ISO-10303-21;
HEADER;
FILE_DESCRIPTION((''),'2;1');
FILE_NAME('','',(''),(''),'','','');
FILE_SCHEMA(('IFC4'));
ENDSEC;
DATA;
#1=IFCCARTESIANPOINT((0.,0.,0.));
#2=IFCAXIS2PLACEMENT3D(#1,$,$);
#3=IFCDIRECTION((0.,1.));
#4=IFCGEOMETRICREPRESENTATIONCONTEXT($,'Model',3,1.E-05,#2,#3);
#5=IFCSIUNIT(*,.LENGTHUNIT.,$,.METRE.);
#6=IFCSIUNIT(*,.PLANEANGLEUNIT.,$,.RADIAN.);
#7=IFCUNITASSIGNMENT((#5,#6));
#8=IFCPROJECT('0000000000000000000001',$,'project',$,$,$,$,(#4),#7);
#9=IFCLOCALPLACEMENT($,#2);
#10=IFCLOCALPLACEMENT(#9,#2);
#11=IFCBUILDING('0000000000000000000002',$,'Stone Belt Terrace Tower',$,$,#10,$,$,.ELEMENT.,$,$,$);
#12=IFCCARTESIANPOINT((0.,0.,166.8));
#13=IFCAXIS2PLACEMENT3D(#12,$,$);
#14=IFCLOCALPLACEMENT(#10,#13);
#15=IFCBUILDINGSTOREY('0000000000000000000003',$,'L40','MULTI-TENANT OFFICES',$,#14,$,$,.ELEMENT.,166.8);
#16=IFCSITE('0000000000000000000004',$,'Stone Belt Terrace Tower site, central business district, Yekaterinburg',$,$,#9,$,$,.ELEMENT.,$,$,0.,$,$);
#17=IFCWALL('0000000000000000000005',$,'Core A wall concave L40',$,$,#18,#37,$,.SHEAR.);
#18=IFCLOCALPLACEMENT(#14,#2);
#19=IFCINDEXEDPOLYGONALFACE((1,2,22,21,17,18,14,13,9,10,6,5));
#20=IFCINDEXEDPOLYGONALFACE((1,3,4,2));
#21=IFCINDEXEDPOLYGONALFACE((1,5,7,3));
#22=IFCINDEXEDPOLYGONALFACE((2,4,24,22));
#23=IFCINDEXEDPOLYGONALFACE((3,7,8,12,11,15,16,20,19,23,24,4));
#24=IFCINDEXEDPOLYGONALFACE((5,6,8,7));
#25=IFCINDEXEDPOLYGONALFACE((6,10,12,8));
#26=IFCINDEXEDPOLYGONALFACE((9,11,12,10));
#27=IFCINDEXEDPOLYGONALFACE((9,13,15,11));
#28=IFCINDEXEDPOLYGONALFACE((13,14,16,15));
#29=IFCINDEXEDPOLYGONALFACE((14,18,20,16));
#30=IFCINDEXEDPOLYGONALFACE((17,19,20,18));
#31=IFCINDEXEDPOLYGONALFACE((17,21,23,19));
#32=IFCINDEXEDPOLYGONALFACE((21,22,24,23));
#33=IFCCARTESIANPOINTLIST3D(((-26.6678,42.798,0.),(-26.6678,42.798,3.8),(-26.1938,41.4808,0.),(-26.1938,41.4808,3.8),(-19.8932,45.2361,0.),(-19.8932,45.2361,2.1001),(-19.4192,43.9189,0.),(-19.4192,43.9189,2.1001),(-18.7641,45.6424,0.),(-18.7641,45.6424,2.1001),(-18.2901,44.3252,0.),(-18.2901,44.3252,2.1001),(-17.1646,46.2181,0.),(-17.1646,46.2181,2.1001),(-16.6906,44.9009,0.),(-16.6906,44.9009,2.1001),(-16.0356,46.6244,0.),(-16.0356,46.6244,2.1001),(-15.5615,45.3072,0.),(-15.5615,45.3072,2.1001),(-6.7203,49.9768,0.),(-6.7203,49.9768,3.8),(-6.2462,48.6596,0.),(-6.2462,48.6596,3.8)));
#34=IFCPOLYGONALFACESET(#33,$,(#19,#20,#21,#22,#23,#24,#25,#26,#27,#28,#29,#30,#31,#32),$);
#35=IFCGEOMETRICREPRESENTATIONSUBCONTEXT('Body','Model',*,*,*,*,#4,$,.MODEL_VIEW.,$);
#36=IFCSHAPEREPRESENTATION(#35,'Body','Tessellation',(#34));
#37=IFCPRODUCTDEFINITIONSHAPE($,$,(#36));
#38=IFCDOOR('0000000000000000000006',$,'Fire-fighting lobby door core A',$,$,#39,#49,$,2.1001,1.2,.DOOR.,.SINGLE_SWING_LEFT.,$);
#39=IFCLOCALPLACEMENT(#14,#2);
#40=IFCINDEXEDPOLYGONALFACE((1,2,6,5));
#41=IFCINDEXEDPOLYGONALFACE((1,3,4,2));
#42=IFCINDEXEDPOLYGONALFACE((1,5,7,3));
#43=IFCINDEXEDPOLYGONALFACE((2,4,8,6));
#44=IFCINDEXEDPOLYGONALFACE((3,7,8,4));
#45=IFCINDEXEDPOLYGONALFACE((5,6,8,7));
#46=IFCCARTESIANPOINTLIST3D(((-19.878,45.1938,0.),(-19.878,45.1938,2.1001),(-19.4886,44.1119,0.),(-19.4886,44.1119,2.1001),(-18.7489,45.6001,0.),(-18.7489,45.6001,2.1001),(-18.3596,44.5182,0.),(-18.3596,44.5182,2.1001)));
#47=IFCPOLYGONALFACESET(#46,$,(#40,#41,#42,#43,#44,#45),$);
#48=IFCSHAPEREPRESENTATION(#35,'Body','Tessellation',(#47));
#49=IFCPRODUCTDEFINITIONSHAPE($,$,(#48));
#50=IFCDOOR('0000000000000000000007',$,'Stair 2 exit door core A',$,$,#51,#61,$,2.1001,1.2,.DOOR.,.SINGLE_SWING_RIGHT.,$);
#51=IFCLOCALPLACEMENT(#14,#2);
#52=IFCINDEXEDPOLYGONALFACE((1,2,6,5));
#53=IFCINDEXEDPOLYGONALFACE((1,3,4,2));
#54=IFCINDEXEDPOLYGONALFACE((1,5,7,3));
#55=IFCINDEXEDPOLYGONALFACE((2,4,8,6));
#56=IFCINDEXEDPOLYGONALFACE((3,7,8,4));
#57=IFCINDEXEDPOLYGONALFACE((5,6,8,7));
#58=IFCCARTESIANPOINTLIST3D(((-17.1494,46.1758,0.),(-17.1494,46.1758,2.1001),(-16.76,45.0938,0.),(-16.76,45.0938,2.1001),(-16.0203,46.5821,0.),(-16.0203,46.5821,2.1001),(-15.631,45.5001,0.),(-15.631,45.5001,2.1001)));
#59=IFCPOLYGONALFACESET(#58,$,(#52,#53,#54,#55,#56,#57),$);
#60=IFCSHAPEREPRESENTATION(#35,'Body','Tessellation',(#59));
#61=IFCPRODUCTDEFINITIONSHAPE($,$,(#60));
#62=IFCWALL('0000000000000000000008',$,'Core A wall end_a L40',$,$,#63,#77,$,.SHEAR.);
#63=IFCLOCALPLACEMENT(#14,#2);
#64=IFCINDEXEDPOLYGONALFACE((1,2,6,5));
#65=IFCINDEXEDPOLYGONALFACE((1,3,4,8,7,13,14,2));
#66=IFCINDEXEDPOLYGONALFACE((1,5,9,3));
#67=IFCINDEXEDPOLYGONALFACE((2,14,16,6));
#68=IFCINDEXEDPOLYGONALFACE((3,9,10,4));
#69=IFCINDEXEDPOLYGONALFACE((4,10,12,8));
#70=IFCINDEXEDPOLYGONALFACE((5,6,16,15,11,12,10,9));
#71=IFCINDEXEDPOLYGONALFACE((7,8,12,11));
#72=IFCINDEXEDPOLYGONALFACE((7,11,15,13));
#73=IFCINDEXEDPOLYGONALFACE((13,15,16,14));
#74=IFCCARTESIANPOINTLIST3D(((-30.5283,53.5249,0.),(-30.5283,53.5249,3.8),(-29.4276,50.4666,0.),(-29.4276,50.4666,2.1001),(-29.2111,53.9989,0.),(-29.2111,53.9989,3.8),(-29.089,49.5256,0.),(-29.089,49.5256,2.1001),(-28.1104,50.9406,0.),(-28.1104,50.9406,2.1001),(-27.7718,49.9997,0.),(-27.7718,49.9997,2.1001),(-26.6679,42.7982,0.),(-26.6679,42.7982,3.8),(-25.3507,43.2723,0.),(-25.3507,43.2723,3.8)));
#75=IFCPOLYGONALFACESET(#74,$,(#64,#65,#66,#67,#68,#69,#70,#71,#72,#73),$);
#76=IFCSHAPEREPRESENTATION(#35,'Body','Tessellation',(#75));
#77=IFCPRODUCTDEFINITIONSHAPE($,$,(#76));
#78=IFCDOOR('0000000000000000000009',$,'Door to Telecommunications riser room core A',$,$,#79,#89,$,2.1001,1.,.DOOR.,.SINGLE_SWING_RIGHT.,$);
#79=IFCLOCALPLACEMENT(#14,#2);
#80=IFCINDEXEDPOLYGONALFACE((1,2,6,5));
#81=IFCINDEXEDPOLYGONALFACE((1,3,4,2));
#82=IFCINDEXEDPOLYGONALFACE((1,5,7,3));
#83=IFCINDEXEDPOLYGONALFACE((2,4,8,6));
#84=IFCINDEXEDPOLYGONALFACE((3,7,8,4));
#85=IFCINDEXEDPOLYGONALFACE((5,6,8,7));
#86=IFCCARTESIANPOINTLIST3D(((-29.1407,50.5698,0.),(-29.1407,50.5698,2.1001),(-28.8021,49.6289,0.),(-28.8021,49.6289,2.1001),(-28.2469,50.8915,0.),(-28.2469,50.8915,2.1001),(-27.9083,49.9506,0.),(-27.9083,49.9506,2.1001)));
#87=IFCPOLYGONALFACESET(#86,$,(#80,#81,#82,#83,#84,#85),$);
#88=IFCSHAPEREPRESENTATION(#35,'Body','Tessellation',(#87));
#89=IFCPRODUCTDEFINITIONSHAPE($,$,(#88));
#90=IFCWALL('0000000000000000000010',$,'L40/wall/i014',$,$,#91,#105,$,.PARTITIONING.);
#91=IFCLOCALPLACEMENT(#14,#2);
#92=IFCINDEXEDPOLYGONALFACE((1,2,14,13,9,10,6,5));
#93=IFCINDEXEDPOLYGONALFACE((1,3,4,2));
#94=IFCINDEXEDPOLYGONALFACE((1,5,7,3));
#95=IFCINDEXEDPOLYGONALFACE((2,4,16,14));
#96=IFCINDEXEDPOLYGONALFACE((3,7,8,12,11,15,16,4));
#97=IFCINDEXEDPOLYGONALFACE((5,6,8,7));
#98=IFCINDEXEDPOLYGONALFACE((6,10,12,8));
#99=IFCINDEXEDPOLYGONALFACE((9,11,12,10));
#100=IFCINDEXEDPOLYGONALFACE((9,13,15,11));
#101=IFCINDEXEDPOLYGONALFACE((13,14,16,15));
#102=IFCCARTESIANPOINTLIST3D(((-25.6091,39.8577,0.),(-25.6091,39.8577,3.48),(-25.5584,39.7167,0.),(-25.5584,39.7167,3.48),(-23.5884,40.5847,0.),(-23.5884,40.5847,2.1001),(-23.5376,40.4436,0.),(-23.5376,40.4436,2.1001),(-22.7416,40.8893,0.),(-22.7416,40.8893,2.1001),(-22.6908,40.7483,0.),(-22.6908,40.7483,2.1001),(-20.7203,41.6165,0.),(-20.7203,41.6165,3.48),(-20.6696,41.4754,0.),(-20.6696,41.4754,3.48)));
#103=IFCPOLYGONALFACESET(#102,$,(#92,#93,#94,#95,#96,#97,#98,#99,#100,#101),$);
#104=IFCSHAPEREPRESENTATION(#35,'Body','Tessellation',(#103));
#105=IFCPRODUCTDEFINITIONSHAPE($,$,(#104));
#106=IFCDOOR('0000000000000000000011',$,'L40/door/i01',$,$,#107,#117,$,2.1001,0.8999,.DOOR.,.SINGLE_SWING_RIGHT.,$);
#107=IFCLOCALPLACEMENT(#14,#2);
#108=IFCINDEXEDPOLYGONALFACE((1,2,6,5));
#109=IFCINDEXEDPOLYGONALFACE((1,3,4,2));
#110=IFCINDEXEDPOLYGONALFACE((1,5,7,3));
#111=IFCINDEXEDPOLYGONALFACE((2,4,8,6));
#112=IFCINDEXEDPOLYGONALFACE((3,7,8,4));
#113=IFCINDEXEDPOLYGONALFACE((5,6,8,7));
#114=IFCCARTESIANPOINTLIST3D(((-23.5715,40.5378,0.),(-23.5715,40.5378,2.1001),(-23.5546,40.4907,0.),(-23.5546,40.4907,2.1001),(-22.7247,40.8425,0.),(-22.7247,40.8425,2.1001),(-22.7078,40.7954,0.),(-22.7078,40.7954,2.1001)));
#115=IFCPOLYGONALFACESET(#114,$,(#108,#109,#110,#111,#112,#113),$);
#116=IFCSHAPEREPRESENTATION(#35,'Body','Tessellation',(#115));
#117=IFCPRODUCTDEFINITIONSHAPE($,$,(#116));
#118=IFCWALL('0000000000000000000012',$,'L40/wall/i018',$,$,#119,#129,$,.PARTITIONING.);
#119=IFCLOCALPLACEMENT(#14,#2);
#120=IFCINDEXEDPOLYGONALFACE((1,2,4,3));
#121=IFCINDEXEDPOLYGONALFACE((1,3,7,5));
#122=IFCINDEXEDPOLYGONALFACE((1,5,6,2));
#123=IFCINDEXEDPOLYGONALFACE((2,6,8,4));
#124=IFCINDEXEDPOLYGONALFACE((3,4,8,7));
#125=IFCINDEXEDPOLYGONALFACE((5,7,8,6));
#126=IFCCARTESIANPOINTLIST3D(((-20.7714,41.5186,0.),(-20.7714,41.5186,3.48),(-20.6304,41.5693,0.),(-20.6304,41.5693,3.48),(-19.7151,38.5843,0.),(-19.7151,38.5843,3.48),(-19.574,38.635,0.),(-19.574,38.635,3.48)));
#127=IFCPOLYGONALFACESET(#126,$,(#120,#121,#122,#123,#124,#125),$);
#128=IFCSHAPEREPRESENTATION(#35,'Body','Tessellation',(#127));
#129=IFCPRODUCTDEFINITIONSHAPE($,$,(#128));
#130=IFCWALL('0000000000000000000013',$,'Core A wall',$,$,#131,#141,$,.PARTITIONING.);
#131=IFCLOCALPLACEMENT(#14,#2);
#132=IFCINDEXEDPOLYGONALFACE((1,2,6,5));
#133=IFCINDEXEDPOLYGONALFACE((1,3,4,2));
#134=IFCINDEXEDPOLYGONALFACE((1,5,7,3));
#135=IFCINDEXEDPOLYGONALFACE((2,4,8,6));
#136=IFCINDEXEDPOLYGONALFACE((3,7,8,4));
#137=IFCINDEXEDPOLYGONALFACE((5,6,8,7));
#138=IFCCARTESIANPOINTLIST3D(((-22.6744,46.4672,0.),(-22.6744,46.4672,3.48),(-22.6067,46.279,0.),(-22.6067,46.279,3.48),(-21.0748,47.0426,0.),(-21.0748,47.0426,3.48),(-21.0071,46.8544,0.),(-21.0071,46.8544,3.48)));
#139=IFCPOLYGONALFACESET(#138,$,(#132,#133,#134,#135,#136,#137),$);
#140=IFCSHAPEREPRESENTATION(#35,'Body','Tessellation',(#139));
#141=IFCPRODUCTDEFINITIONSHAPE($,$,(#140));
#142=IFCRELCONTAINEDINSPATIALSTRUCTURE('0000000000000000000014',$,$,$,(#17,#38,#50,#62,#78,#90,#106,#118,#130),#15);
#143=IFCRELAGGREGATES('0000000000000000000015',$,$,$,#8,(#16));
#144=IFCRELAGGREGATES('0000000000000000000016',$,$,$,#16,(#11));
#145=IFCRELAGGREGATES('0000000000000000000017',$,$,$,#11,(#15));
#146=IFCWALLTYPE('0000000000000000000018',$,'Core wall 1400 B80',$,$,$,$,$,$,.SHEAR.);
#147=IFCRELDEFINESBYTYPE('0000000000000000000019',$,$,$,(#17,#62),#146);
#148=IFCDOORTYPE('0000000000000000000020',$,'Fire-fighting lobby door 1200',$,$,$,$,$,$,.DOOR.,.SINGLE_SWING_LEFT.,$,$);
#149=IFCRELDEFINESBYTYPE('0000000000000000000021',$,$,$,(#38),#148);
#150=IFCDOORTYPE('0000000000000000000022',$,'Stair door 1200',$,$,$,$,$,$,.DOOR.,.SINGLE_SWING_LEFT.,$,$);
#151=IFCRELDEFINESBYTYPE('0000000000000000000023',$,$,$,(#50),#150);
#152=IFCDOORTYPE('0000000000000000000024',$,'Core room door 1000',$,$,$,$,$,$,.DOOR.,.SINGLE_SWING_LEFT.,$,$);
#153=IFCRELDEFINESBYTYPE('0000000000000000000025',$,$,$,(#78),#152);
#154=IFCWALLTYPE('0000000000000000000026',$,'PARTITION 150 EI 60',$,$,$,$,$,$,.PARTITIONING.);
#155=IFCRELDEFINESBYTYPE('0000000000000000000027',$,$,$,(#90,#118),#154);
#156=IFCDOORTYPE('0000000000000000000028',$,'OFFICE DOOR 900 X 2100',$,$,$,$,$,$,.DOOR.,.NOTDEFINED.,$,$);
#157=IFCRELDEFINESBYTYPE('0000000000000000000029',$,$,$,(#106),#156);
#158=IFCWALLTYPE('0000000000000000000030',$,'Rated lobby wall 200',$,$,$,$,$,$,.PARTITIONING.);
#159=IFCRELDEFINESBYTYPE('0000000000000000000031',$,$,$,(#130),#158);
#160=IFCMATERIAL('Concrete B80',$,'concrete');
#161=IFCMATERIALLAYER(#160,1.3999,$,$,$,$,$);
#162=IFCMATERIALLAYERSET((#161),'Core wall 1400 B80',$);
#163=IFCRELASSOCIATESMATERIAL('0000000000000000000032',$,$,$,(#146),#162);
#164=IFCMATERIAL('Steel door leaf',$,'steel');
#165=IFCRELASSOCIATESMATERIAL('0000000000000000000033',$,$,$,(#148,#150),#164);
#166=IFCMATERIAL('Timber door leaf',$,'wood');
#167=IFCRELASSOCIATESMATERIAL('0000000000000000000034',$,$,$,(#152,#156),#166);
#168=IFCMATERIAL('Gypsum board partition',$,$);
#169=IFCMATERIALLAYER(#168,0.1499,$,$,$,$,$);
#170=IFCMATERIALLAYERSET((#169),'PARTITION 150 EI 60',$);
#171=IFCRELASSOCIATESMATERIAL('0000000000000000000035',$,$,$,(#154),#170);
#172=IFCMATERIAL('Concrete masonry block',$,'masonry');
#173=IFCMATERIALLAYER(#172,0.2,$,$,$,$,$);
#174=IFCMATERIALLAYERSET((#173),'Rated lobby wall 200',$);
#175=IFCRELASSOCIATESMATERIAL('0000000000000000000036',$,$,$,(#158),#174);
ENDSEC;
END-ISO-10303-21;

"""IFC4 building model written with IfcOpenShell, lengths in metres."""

from ifc_helpers import new_model, si_unit, direction, frame, frame_2d, origin, place, context, subcontext, project, spatial, rectangle, extrude, material, layer, layer_set, type_object, element, fill, save


model = new_model("IFC4")

# Units and contexts
model_context = context("Model", 3, precision=1e-05, world=origin(), true_north=direction((0.0, 1.0)))
body_context = subcontext(model_context, "Body", "Model", "MODEL_VIEW")
ifc_project = project(units=[si_unit("LENGTHUNIT", "METRE"), si_unit("PLANEANGLEUNIT", "RADIAN")], contexts=[model_context])

# Site, building, storey
site_placement = place(None, origin())
site = spatial("IfcSite", under=ifc_project, at=site_placement, Name="Stone Belt Terrace Tower site, central business district, Yekaterinburg", CompositionType="ELEMENT", RefElevation=0.0)
building_placement = place(site_placement, origin())
building = spatial("IfcBuilding", under=site, at=building_placement, Name="Stone Belt Terrace Tower", CompositionType="ELEMENT")
storey_placement = place(building_placement, frame((0.0, 0.0, 166.8)))
storey = spatial("IfcBuildingStorey", under=building, at=storey_placement, Name="L40", Description="MULTI-TENANT OFFICES", CompositionType="ELEMENT", Elevation=166.8)

# Wall, openings, doors
ifc_material_1 = material(Name="Concrete B80", Category="concrete")
ifc_layer_1 = layer(ifc_material_1, 1.3999)
ifc_layer_set_1 = layer_set([ifc_layer_1], Name="Core wall 1400 B80")
wall_type_1 = type_object("IfcWallType", Name="Core wall 1400 B80", PredefinedType="SHEAR", material=ifc_layer_set_1)
wall_1_placement = place(storey_placement, frame((-26.4309, 42.1394, 0.0), z_axis=(0.0, 0.0, 1.0), x_axis=(0.940923, 0.33862, 0.0)))
wall_1 = element("IfcWall", 1, at=wall_1_placement, inside=storey, type_object=wall_type_1, Name="Core A wall concave L40", PredefinedType="SHEAR", context=body_context, shape_type="SweptSolid", body=[
    extrude(rectangle(XDim=21.2, YDim=1.3999, at=frame_2d((10.6001, 0.0))), origin(), (0.0, 0.0, 1.0), 3.8),
])
opening_1_placement = place(wall_1_placement, frame((7.2, 0.0, 0.0)))
opening_1 = element("IfcOpeningElement", 2, at=opening_1_placement, cuts=wall_1, PredefinedType="OPENING", context=body_context, shape_type="SweptSolid", body=[
    extrude(rectangle(XDim=1.2, YDim=2.1001, at=frame_2d((0.6001, 1.05))), frame((0.0, 0.71, 0.0), z_axis=(0.0, -1.0, 0.0), x_axis=(1.0, 0.0, 0.0)), (0.0, 0.0, 1.0), 1.4199),
])
opening_2_placement = place(wall_1_placement, frame((10.0999, 0.0, 0.0)))
opening_2 = element("IfcOpeningElement", 3, at=opening_2_placement, cuts=wall_1, PredefinedType="OPENING", context=body_context, shape_type="SweptSolid", body=[
    extrude(rectangle(XDim=1.2, YDim=2.1001, at=frame_2d((0.6001, 1.05))), frame((0.0, 0.71, 0.0), z_axis=(0.0, -1.0, 0.0), x_axis=(1.0, 0.0, 0.0)), (0.0, 0.0, 1.0), 1.4199),
])
ifc_material_2 = material(Name="Steel door leaf", Category="steel")
door_type_1 = type_object("IfcDoorType", Name="Fire-fighting lobby door 1200", OperationType="SINGLE_SWING_LEFT", PredefinedType="DOOR", material=ifc_material_2)
door_1_placement = place(opening_1_placement, origin())
door_1 = element("IfcDoor", 4, at=door_1_placement, inside=storey, type_object=door_type_1, Name="Fire-fighting lobby door core A", OperationType="SINGLE_SWING_LEFT", OverallHeight=2.1001, OverallWidth=1.2, PredefinedType="DOOR", context=body_context, shape_type="SweptSolid", body=[
    extrude(rectangle(XDim=1.2, YDim=2.1001, at=frame_2d((0.6001, 1.05))), frame((0.0, 0.655, 0.0), z_axis=(0.0, -1.0, 0.0), x_axis=(1.0, 0.0, 0.0)), (0.0, 0.0, 1.0), 1.1499),
])
fill(opening_1, door_1)
door_type_2 = type_object("IfcDoorType", Name="Stair door 1200", OperationType="SINGLE_SWING_LEFT", PredefinedType="DOOR", material=ifc_material_2)
door_2_placement = place(opening_2_placement, origin())
door_2 = element("IfcDoor", 5, at=door_2_placement, inside=storey, type_object=door_type_2, Name="Stair 2 exit door core A", OperationType="SINGLE_SWING_RIGHT", OverallHeight=2.1001, OverallWidth=1.2, PredefinedType="DOOR", context=body_context, shape_type="SweptSolid", body=[
    extrude(rectangle(XDim=1.2, YDim=2.1001, at=frame_2d((0.6001, 1.05))), frame((0.0, 0.655, 0.0), z_axis=(0.0, -1.0, 0.0), x_axis=(1.0, 0.0, 0.0)), (0.0, 0.0, 1.0), 1.1499),
])
fill(opening_2, door_2)

# Walls, openings, doors
wall_2_placement = place(storey_placement, frame((-26.0093, 43.0352, 0.0), z_axis=(0.0, 0.0, 1.0), x_axis=(-0.338625, 0.940921, 0.0)))
wall_2 = element("IfcWall", 6, at=wall_2_placement, inside=storey, type_object=wall_type_1, Name="Core A wall end_a L40", PredefinedType="SHEAR", context=body_context, shape_type="SweptSolid", body=[
    extrude(rectangle(XDim=11.4001, YDim=1.3999, at=frame_2d((5.7002, 0.0))), origin(), (0.0, 0.0, 1.0), 3.8),
])
opening_3_placement = place(wall_2_placement, frame((7.1499, 0.0, 0.0)))
opening_3 = element("IfcOpeningElement", 7, at=opening_3_placement, cuts=wall_2, PredefinedType="OPENING", context=body_context, shape_type="SweptSolid", body=[
    extrude(rectangle(XDim=1.0, YDim=2.1001, at=frame_2d((0.5, 1.05))), frame((0.0, 0.71, 0.0), z_axis=(0.0, -1.0, 0.0), x_axis=(1.0, 0.0, 0.0)), (0.0, 0.0, 1.0), 1.4199),
])
ifc_material_3 = material(Name="Timber door leaf", Category="wood")
door_type_3 = type_object("IfcDoorType", Name="Core room door 1000", OperationType="SINGLE_SWING_LEFT", PredefinedType="DOOR", material=ifc_material_3)
door_3_placement = place(opening_3_placement, origin())
door_3 = element("IfcDoor", 8, at=door_3_placement, inside=storey, type_object=door_type_3, Name="Door to Telecommunications riser room core A", OperationType="SINGLE_SWING_RIGHT", OverallHeight=2.1001, OverallWidth=1.0, PredefinedType="DOOR", context=body_context, shape_type="SweptSolid", body=[
    extrude(rectangle(XDim=1.0, YDim=2.1001, at=frame_2d((0.5, 1.05))), frame((0.0, 0.395, 0.0), z_axis=(0.0, -1.0, 0.0), x_axis=(1.0, 0.0, 0.0)), (0.0, 0.0, 1.0), 0.95),
])
fill(opening_3, door_3)
ifc_material_4 = material(Name="Gypsum board partition")
ifc_layer_2 = layer(ifc_material_4, 0.1499)
ifc_layer_set_2 = layer_set([ifc_layer_2], Name="PARTITION 150 EI 60")
wall_type_2 = type_object("IfcWallType", Name="PARTITION 150 EI 60", PredefinedType="PARTITIONING", material=ifc_layer_set_2)
wall_3_placement = place(storey_placement, frame((-20.6951, 41.5459, 0.0), z_axis=(0.0, 0.0, 1.0), x_axis=(-0.940962, -0.338511, 0.0)))
wall_3 = element("IfcWall", 9, at=wall_3_placement, inside=storey, type_object=wall_type_2, Name="L40/wall/i014", PredefinedType="PARTITIONING", context=body_context, shape_type="SweptSolid", body=[
    extrude(rectangle(XDim=5.1956, YDim=0.1499, at=frame_2d((2.5977, 0.0))), origin(), (0.0, 0.0, 1.0), 3.48),
])
opening_4_placement = place(wall_3_placement, frame((2.1479, 0.0, 0.0)))
opening_4 = element("IfcOpeningElement", 10, at=opening_4_placement, cuts=wall_3, PredefinedType="OPENING", context=body_context, shape_type="SweptSolid", body=[
    extrude(rectangle(XDim=0.8999, YDim=2.1001, at=frame_2d((0.45, 1.05))), frame((0.0, 0.085, 0.0), z_axis=(0.0, -1.0, 0.0), x_axis=(1.0, 0.0, 0.0)), (0.0, 0.0, 1.0), 0.1699),
])
door_type_4 = type_object("IfcDoorType", Name="OFFICE DOOR 900 X 2100", OperationType="NOTDEFINED", PredefinedType="DOOR", material=ifc_material_3)
door_4_placement = place(opening_4_placement, origin())
door_4 = element("IfcDoor", 11, at=door_4_placement, inside=storey, type_object=door_type_4, Name="L40/door/i01", OperationType="SINGLE_SWING_RIGHT", OverallHeight=2.1001, OverallWidth=0.8999, PredefinedType="DOOR", context=body_context, shape_type="SweptSolid", body=[
    extrude(rectangle(XDim=0.8999, YDim=2.1001, at=frame_2d((0.45, 1.05))), frame((0.0, 0.0249, 0.0), z_axis=(0.0, -1.0, 0.0), x_axis=(1.0, 0.0, 0.0)), (0.0, 0.0, 1.0), 0.05),
])
fill(opening_4, door_4)

# Walls
wall_4_placement = place(storey_placement, frame((-20.7009, 41.5439, 0.0), z_axis=(0.0, 0.0, 1.0), x_axis=(0.338731, -0.940883, 0.0)))
element("IfcWall", 12, at=wall_4_placement, inside=storey, type_object=wall_type_2, Name="L40/wall/i018", PredefinedType="PARTITIONING", context=body_context, shape_type="SweptSolid", body=[
    extrude(rectangle(XDim=3.1187, YDim=0.1499, at=frame_2d((1.5593, 0.0))), origin(), (0.0, 0.0, 1.0), 3.48),
])
ifc_material_5 = material(Name="Concrete masonry block", Category="masonry")
ifc_layer_3 = layer(ifc_material_5, 0.2)
ifc_layer_set_3 = layer_set([ifc_layer_3], Name="Rated lobby wall 200")
wall_type_3 = type_object("IfcWallType", Name="Rated lobby wall 200", PredefinedType="PARTITIONING", material=ifc_layer_set_3)
wall_5_placement = place(storey_placement, frame((-22.6406, 46.373, 0.0), z_axis=(0.0, 0.0, 1.0), x_axis=(0.940966, 0.338501, 0.0)))
element("IfcWall", 13, at=wall_5_placement, inside=storey, type_object=wall_type_3, Name="Core A wall", PredefinedType="PARTITIONING", context=body_context, shape_type="SweptSolid", body=[
    extrude(rectangle(XDim=1.7, YDim=0.2, at=frame_2d((0.8501, 0.0))), origin(), (0.0, 0.0, 1.0), 3.48),
])

save(model, "model.ifc")
